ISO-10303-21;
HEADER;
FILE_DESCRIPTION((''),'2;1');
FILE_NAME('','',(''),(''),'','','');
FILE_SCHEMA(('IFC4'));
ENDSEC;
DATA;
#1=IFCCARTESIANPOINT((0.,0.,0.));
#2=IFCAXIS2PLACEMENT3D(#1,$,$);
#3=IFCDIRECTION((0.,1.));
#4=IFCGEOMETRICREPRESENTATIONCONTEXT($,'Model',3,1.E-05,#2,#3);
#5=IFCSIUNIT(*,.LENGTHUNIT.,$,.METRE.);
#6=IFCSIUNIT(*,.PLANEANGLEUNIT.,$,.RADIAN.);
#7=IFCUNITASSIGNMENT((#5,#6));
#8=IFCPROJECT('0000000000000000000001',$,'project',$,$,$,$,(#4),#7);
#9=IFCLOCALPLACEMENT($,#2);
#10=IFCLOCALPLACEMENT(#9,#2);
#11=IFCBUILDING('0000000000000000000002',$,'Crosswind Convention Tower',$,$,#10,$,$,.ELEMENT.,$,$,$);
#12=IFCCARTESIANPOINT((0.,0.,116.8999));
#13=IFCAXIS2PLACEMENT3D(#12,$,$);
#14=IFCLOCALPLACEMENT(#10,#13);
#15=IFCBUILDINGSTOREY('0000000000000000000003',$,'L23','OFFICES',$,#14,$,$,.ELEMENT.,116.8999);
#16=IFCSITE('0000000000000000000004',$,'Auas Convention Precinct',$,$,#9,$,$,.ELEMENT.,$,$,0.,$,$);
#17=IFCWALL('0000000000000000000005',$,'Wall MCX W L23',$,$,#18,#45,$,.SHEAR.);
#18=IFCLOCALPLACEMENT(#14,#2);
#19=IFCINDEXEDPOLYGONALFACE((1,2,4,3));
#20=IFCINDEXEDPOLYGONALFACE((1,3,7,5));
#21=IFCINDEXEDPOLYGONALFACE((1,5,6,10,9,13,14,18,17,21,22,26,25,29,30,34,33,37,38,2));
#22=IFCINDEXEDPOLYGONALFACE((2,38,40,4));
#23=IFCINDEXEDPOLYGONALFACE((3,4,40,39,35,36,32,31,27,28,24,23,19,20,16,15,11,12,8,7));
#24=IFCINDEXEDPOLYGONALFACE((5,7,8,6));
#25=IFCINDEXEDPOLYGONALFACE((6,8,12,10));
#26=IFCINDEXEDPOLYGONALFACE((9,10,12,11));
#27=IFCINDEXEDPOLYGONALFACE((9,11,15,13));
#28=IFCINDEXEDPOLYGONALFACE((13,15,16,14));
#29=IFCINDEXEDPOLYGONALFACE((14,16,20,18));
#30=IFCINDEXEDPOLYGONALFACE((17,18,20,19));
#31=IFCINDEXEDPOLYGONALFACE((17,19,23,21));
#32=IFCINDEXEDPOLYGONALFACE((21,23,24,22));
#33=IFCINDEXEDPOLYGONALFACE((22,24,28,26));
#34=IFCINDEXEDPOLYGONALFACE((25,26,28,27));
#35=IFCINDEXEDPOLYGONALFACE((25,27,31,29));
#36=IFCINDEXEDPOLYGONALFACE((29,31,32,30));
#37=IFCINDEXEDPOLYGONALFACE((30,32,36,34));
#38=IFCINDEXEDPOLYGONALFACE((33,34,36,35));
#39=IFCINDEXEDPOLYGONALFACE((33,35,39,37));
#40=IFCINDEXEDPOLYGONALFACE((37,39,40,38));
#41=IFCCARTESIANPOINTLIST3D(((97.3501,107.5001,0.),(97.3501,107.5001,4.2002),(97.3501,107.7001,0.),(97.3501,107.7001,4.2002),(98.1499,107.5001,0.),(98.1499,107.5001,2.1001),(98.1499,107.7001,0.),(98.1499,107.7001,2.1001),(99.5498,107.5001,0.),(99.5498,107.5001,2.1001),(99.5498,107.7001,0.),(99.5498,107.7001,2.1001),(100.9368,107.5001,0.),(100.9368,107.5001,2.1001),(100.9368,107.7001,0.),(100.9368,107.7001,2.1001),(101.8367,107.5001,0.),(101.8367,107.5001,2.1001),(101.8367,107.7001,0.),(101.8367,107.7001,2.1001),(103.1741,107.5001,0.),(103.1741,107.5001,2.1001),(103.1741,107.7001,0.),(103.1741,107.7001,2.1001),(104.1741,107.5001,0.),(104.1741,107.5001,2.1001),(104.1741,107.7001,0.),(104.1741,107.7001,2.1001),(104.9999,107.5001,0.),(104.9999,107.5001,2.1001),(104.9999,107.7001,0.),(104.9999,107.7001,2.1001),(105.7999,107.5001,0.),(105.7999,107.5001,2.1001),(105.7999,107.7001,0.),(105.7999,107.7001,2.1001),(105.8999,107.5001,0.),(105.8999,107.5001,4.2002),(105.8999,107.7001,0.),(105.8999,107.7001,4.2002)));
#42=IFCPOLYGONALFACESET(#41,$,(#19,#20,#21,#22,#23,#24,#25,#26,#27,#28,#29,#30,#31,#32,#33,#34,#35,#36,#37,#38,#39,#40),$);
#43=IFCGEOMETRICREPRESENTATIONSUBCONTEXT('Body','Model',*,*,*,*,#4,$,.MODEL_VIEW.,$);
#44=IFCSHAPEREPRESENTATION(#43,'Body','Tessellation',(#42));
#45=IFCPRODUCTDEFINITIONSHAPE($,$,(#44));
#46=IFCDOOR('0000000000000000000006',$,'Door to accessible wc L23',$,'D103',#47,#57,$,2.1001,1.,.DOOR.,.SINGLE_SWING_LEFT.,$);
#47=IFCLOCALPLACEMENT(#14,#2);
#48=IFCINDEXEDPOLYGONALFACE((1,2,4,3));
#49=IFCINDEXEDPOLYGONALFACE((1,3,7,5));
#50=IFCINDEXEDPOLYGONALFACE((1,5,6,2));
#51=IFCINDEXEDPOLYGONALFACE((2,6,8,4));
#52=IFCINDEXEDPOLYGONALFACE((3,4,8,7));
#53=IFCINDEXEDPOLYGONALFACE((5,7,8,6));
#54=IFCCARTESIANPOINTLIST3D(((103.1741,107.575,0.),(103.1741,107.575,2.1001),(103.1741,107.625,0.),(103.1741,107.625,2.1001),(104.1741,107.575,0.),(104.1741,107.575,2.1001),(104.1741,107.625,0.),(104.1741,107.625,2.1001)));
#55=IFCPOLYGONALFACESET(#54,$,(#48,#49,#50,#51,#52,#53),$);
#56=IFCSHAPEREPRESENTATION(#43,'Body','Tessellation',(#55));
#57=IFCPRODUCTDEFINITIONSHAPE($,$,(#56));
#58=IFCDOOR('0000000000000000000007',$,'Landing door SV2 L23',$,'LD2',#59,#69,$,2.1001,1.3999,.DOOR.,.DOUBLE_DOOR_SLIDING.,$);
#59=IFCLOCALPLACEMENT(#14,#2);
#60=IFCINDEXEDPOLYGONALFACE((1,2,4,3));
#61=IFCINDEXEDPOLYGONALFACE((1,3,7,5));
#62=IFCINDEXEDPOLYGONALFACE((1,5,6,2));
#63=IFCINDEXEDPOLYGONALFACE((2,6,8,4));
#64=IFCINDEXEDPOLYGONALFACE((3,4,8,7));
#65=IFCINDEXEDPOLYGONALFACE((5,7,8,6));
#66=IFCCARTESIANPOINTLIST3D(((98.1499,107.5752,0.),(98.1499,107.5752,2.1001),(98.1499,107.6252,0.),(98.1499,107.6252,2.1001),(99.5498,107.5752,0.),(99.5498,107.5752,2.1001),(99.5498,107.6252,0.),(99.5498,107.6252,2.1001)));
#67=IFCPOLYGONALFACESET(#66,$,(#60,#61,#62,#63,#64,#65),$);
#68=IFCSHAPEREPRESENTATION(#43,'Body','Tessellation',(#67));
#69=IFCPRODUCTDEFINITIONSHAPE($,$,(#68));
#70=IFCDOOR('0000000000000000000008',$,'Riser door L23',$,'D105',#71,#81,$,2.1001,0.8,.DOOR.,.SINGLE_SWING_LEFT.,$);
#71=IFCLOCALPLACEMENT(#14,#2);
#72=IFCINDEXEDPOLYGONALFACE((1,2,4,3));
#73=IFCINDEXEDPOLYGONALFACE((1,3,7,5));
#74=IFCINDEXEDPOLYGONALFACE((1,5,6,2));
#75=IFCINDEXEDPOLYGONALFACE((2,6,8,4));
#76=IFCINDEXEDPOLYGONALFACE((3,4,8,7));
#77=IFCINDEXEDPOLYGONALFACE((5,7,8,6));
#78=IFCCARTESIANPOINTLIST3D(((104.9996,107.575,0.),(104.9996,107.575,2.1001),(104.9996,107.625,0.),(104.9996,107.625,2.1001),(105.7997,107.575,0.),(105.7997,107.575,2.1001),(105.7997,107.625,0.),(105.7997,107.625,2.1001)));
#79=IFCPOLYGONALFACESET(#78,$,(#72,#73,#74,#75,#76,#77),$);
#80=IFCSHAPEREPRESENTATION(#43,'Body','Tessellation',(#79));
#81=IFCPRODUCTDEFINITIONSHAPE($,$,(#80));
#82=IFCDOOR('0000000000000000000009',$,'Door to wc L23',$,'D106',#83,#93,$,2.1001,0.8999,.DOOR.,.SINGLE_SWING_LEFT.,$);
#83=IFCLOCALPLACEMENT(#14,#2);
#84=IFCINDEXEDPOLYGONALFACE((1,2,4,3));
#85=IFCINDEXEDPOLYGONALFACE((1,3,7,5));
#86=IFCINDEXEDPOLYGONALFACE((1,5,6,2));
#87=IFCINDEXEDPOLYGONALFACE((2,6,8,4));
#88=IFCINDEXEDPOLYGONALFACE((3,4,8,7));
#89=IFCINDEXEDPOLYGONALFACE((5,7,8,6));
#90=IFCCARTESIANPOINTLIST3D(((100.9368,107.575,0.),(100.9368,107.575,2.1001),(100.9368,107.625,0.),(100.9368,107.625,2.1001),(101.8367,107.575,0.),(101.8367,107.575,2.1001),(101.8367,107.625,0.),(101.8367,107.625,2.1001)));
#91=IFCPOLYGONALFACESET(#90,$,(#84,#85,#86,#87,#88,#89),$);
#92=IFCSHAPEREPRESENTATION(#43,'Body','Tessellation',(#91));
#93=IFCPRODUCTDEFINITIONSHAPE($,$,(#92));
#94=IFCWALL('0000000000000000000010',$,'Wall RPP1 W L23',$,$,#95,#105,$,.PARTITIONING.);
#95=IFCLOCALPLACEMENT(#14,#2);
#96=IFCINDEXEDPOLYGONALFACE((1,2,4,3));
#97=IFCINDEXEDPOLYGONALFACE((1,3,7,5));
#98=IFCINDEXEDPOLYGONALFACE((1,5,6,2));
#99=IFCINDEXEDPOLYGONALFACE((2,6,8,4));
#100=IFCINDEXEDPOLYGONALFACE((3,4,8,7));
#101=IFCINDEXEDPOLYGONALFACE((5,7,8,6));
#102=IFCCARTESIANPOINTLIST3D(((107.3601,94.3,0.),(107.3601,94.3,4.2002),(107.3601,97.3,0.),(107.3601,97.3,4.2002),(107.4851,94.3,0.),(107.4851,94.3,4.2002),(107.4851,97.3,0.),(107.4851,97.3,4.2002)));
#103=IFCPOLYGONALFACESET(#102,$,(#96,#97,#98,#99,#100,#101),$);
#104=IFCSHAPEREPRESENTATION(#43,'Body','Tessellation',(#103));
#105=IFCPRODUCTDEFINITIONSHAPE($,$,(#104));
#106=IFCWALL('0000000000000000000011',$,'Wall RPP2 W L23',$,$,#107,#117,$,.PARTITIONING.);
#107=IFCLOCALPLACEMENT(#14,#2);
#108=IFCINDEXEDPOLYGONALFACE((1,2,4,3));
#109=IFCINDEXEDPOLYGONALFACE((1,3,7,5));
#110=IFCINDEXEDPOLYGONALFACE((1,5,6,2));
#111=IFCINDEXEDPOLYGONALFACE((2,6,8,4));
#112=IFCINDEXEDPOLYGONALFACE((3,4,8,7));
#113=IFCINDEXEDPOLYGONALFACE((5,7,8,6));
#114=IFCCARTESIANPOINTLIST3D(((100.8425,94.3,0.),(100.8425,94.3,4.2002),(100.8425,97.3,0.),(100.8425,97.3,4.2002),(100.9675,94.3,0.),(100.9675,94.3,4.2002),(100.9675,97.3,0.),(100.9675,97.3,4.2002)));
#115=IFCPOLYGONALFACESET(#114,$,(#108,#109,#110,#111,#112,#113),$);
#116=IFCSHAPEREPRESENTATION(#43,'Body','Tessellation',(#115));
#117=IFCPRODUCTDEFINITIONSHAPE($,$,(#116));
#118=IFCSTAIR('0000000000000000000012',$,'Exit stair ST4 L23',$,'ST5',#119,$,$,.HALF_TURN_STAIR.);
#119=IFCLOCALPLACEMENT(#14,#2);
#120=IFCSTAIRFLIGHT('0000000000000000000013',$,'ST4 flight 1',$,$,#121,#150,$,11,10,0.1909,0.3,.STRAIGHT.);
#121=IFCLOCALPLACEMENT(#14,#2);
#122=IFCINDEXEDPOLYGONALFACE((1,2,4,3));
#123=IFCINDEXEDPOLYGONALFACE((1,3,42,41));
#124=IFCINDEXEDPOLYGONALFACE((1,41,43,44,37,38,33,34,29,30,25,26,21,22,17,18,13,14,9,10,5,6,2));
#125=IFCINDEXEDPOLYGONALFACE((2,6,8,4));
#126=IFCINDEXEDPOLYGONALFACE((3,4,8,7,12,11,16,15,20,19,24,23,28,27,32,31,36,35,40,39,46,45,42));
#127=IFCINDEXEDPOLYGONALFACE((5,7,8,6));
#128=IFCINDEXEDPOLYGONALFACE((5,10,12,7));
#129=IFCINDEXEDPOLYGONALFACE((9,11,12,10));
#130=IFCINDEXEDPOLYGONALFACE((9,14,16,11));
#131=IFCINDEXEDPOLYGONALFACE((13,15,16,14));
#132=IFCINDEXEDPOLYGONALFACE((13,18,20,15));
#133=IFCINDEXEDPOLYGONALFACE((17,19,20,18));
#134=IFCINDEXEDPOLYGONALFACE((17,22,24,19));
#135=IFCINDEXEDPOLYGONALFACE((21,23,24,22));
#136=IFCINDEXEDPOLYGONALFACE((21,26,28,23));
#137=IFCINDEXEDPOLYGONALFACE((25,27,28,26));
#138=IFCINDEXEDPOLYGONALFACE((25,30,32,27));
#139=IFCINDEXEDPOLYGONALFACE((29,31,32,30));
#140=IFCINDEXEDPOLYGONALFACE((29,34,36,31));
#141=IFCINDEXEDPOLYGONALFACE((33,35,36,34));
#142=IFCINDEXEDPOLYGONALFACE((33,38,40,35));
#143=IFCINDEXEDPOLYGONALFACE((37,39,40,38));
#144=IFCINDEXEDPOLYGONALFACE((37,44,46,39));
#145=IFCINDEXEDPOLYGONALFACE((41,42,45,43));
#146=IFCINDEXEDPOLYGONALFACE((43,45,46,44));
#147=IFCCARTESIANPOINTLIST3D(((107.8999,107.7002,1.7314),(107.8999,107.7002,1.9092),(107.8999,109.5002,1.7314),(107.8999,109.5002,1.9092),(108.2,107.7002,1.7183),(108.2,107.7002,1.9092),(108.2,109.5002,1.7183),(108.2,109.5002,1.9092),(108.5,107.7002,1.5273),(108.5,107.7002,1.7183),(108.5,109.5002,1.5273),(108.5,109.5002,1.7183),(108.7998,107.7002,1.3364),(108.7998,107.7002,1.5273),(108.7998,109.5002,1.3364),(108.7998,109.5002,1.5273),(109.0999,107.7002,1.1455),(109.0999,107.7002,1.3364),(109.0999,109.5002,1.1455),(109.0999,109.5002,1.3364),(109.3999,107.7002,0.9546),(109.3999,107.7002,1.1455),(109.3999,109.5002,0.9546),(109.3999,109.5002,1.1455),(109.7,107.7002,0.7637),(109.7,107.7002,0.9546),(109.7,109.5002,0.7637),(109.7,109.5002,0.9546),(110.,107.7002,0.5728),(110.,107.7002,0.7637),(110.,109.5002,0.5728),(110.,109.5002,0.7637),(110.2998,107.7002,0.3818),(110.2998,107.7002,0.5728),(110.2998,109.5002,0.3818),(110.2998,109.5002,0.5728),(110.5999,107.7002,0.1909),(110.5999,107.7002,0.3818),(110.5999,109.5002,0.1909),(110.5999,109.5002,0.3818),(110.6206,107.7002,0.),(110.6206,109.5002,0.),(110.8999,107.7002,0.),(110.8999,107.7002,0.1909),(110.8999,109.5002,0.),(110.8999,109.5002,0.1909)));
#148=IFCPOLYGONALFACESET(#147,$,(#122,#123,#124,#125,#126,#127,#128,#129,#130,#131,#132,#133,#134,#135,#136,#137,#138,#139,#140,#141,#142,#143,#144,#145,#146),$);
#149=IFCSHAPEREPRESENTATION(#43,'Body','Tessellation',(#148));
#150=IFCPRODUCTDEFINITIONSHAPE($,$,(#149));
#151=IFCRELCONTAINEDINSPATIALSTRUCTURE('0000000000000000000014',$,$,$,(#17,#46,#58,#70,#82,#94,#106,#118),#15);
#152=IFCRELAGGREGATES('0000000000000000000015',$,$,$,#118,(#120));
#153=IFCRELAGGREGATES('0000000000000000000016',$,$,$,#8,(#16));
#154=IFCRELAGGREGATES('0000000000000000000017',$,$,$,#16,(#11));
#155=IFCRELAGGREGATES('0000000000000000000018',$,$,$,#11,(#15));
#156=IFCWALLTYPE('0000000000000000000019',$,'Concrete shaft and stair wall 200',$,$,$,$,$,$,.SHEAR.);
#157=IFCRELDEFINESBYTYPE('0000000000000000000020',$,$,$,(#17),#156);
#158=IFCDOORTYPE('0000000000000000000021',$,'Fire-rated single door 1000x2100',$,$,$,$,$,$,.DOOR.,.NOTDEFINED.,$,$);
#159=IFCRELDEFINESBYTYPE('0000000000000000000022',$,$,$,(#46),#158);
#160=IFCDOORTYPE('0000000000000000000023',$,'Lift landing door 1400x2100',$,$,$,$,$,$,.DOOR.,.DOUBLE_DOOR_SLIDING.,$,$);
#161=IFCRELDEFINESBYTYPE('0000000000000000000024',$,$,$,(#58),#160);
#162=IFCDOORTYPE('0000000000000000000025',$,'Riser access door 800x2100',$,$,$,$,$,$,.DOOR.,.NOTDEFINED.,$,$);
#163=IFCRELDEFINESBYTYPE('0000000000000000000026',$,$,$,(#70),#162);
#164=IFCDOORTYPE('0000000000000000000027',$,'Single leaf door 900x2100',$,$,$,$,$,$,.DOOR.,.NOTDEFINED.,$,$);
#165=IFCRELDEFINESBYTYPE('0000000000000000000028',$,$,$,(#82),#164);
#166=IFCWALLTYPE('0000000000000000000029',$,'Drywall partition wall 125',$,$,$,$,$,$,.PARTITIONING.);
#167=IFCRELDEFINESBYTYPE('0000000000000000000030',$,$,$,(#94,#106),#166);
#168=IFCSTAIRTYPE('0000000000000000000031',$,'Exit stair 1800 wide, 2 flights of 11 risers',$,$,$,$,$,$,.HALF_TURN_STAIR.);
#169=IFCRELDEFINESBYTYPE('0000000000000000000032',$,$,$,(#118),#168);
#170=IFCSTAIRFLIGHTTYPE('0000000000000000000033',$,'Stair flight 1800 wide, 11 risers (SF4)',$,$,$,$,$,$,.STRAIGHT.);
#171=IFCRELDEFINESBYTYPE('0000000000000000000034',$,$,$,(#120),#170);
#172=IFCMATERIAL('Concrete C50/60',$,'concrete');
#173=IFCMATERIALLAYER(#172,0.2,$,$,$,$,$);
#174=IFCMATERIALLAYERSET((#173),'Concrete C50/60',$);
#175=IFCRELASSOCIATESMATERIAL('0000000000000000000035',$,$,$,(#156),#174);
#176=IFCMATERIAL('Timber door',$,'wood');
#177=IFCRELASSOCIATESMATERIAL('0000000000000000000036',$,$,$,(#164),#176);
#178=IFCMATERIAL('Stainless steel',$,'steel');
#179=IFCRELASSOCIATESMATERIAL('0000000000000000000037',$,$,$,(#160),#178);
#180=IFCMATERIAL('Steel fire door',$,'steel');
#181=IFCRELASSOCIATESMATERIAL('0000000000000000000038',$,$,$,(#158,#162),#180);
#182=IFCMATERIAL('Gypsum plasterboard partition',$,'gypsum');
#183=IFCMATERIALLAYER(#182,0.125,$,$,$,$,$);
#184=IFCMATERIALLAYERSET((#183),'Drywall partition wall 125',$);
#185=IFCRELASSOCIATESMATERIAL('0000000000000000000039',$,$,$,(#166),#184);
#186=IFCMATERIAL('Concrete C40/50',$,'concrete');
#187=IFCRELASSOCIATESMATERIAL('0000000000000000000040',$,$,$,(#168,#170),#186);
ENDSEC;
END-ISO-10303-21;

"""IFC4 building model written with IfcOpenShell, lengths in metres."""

from ifc_helpers import new_model, si_unit, direction, frame, frame_2d, origin, place, context, subcontext, project, spatial, polyline, rectangle, outline, extrude, material, layer, layer_set, type_object, element, fill, aggregate, save


model = new_model("IFC4")

# Units and contexts
model_context = context("Model", 3, precision=1e-05, world=origin(), true_north=direction((0.0, 1.0)))
body_context = subcontext(model_context, "Body", "Model", "MODEL_VIEW")
ifc_project = project(units=[si_unit("LENGTHUNIT", "METRE"), si_unit("PLANEANGLEUNIT", "RADIAN")], contexts=[model_context])

# Site, building, storey
site_placement = place(None, origin())
site = spatial("IfcSite", under=ifc_project, at=site_placement, Name="Auas Convention Precinct", CompositionType="ELEMENT", RefElevation=0.0)
building_placement = place(site_placement, origin())
building = spatial("IfcBuilding", under=site, at=building_placement, Name="Crosswind Convention Tower", CompositionType="ELEMENT")
storey_placement = place(building_placement, frame((0.0, 0.0, 116.8999)))
storey = spatial("IfcBuildingStorey", under=building, at=storey_placement, Name="L23", Description="OFFICES", CompositionType="ELEMENT", Elevation=116.8999)

# Shared definitions
ifc_material_1 = material(Name="Concrete C50/60", Category="concrete")
ifc_layer_1 = layer(ifc_material_1, 0.2)
ifc_layer_set_1 = layer_set([ifc_layer_1], Name="Concrete C50/60")
wall_type_1 = type_object("IfcWallType", Name="Concrete shaft and stair wall 200", PredefinedType="SHEAR", material=ifc_layer_set_1)

# Shared definitions
ifc_material_2 = material(Name="Timber door", Category="wood")
door_type_1 = type_object("IfcDoorType", Name="Single leaf door 900x2100", OperationType="NOTDEFINED", PredefinedType="DOOR", material=ifc_material_2)

# Wall, openings, doors
ifc_material_3 = material(Name="Stainless steel", Category="steel")
door_type_2 = type_object("IfcDoorType", Name="Lift landing door 1400x2100", OperationType="DOUBLE_DOOR_SLIDING", PredefinedType="DOOR", material=ifc_material_3)
wall_1_placement = place(storey_placement, frame((105.8999, 107.6001, 0.0), z_axis=(0.0, 0.0, 1.0), x_axis=(-1.0, 0.0, 0.0)))
wall_1 = element("IfcWall", 1, at=wall_1_placement, inside=storey, type_object=wall_type_1, Name="Wall MCX W L23", PredefinedType="SHEAR", context=body_context, shape_type="SweptSolid", body=[
    extrude(rectangle(XDim=8.5498, YDim=0.2, at=frame_2d((4.2749, 0.0))), origin(), (0.0, 0.0, 1.0), 4.2002),
])
opening_1_placement = place(wall_1_placement, frame((0.1001, 0.0, 0.0)))
opening_1 = element("IfcOpeningElement", 2, at=opening_1_placement, cuts=wall_1, PredefinedType="OPENING", context=body_context, shape_type="SweptSolid", body=[
    extrude(rectangle(XDim=0.8, YDim=2.1001, at=frame_2d((0.3999, 1.05))), frame((0.0, 0.1099, 0.0), z_axis=(0.0, -1.0, 0.0), x_axis=(1.0, 0.0, 0.0)), (0.0, 0.0, 1.0), 0.22),
])
opening_2_placement = place(wall_1_placement, frame((1.7258, 0.0, 0.0)))
opening_2 = element("IfcOpeningElement", 3, at=opening_2_placement, cuts=wall_1, PredefinedType="OPENING", context=body_context, shape_type="SweptSolid", body=[
    extrude(rectangle(XDim=1.0, YDim=2.1001, at=frame_2d((0.5, 1.05))), frame((0.0, 0.1099, 0.0), z_axis=(0.0, -1.0, 0.0), x_axis=(1.0, 0.0, 0.0)), (0.0, 0.0, 1.0), 0.22),
])
opening_3_placement = place(wall_1_placement, frame((4.0632, 0.0, 0.0)))
opening_3 = element("IfcOpeningElement", 4, at=opening_3_placement, cuts=wall_1, PredefinedType="OPENING", context=body_context, shape_type="SweptSolid", body=[
    extrude(rectangle(XDim=0.8999, YDim=2.1001, at=frame_2d((0.45, 1.05))), frame((0.0, 0.1099, 0.0), z_axis=(0.0, -1.0, 0.0), x_axis=(1.0, 0.0, 0.0)), (0.0, 0.0, 1.0), 0.22),
])
opening_4_placement = place(wall_1_placement, frame((6.3501, 0.0, 0.0)))
opening_4 = element("IfcOpeningElement", 5, at=opening_4_placement, cuts=wall_1, PredefinedType="OPENING", context=body_context, shape_type="SweptSolid", body=[
    extrude(rectangle(XDim=1.3999, YDim=2.1001, at=frame_2d((0.7, 1.05))), frame((0.0, 0.1099, 0.0), z_axis=(0.0, -1.0, 0.0), x_axis=(1.0, 0.0, 0.0)), (0.0, 0.0, 1.0), 0.22),
])
ifc_material_4 = material(Name="Steel fire door", Category="steel")
door_type_3 = type_object("IfcDoorType", Name="Fire-rated single door 1000x2100", OperationType="NOTDEFINED", PredefinedType="DOOR", material=ifc_material_4)
door_1_placement = place(opening_2_placement, frame((1.0, 0.0, 0.0), z_axis=(0.0, 0.0, 1.0), x_axis=(-1.0, 0.0, 0.0)))
door_1 = element("IfcDoor", 6, at=door_1_placement, inside=storey, type_object=door_type_3, Name="Door to accessible wc L23", ObjectType="D103", OperationType="SINGLE_SWING_LEFT", OverallHeight=2.1001, OverallWidth=1.0, PredefinedType="DOOR", context=body_context, shape_type="SweptSolid", body=[
    extrude(rectangle(XDim=1.0, YDim=2.1001, at=frame_2d((0.5, 1.05))), frame((0.0, 0.0249, 0.0), z_axis=(0.0, -1.0, 0.0), x_axis=(1.0, 0.0, 0.0)), (0.0, 0.0, 1.0), 0.05),
])
fill(opening_2, door_1)
door_2_placement = place(opening_4_placement, origin())
door_2 = element("IfcDoor", 7, at=door_2_placement, inside=storey, type_object=door_type_2, Name="Landing door SV2 L23", ObjectType="LD2", OperationType="DOUBLE_DOOR_SLIDING", OverallHeight=2.1001, OverallWidth=1.3999, PredefinedType="DOOR", context=body_context, shape_type="SweptSolid", body=[
    extrude(rectangle(XDim=1.3999, YDim=2.1001, at=frame_2d((0.7, 1.05))), frame((0.0, 0.0249, 0.0), z_axis=(0.0, -1.0, 0.0), x_axis=(1.0, 0.0, 0.0)), (0.0, 0.0, 1.0), 0.05),
])
fill(opening_4, door_2)
door_type_4 = type_object("IfcDoorType", Name="Riser access door 800x2100", OperationType="NOTDEFINED", PredefinedType="DOOR", material=ifc_material_4)
door_3_placement = place(opening_1_placement, frame((0.8, 0.0, 0.0), z_axis=(0.0, 0.0, 1.0), x_axis=(-1.0, 0.0, 0.0)))
door_3 = element("IfcDoor", 8, at=door_3_placement, inside=storey, type_object=door_type_4, Name="Riser door L23", ObjectType="D105", OperationType="SINGLE_SWING_LEFT", OverallHeight=2.1001, OverallWidth=0.8, PredefinedType="DOOR", context=body_context, shape_type="SweptSolid", body=[
    extrude(rectangle(XDim=0.8, YDim=2.1001, at=frame_2d((0.3999, 1.05))), frame((0.0, 0.0249, 0.0), z_axis=(0.0, -1.0, 0.0), x_axis=(1.0, 0.0, 0.0)), (0.0, 0.0, 1.0), 0.05),
])
fill(opening_1, door_3)
door_4_placement = place(opening_3_placement, frame((0.8999, 0.0, 0.0), z_axis=(0.0, 0.0, 1.0), x_axis=(-1.0, 0.0, 0.0)))
door_4 = element("IfcDoor", 9, at=door_4_placement, inside=storey, type_object=door_type_1, Name="Door to wc L23", ObjectType="D106", OperationType="SINGLE_SWING_LEFT", OverallHeight=2.1001, OverallWidth=0.8999, PredefinedType="DOOR", context=body_context, shape_type="SweptSolid", body=[
    extrude(rectangle(XDim=0.8999, YDim=2.1001, at=frame_2d((0.45, 1.05))), frame((0.0, 0.0249, 0.0), z_axis=(0.0, -1.0, 0.0), x_axis=(1.0, 0.0, 0.0)), (0.0, 0.0, 1.0), 0.05),
])
fill(opening_3, door_4)

# Walls
ifc_material_5 = material(Name="Gypsum plasterboard partition", Category="gypsum")
ifc_layer_2 = layer(ifc_material_5, 0.125)
ifc_layer_set_2 = layer_set([ifc_layer_2], Name="Drywall partition wall 125")
wall_type_2 = type_object("IfcWallType", Name="Drywall partition wall 125", PredefinedType="PARTITIONING", material=ifc_layer_set_2)
for number, where, z_axis, x_axis, name in (
    (10, (107.4226, 97.3, 0.0), (0.0, 0.0, 1.0), (0.0, -1.0, 0.0), "Wall RPP1 W L23"),
    (11, (100.905, 97.3, 0.0), (0.0, 0.0, 1.0), (0.0, -1.0, 0.0), "Wall RPP2 W L23"),
):
    element("IfcWall", number, at=place(storey_placement, frame(where, z_axis=z_axis, x_axis=x_axis)), inside=storey, type_object=wall_type_2, Name=name, PredefinedType="PARTITIONING", context=body_context, shape_type="SweptSolid", body=[
        extrude(rectangle(XDim=3.0, YDim=0.125, at=frame_2d((1.5, 0.0))), origin(), (0.0, 0.0, 1.0), 4.2002),
    ])

# Stair, stair flight
ifc_material_6 = material(Name="Concrete C40/50", Category="concrete")
stair_type = type_object("IfcStairType", Name="Exit stair 1800 wide, 2 flights of 11 risers", PredefinedType="HALF_TURN_STAIR", material=ifc_material_6)
stair_placement = place(storey_placement, origin())
stair = element("IfcStair", 12, at=stair_placement, inside=storey, type_object=stair_type, Name="Exit stair ST4 L23", ObjectType="ST5", PredefinedType="HALF_TURN_STAIR")
stair_flight_type = type_object("IfcStairFlightType", Name="Stair flight 1800 wide, 11 risers (SF4)", PredefinedType="STRAIGHT", material=ifc_material_6)
stair_flight_placement = place(storey_placement, frame((110.8999, 108.6001, 0.0), z_axis=(0.0, 0.0, 1.0), x_axis=(-1.0, 0.0, 0.0)))
stair_flight = element("IfcStairFlight", 13, at=stair_flight_placement, type_object=stair_flight_type, Name="ST4 flight 1", NumberOfRisers=11, NumberOfTreads=10, PredefinedType="STRAIGHT", RiserHeight=0.1909, TreadLength=0.3, context=body_context, shape_type="SweptSolid", body=[
    extrude(outline(polyline([(0.0, 0.0), (0.0, 0.1909), (0.3, 0.1909), (0.3, 0.3818), (0.6001, 0.3818), (0.6001, 0.5728), (0.8999, 0.5728), (0.8999, 0.7637), (1.2, 0.7637), (1.2, 0.9546), (1.5, 0.9546), (1.5, 1.1455), (1.8, 1.1455), (1.8, 1.3364), (2.1001, 1.3364), (2.1001, 1.5273), (2.3999, 1.5273), (2.3999, 1.7183), (2.7, 1.7183), (2.7, 1.9092), (3.0, 1.9092), (3.0, 2.1001), (3.0, 1.7314), (0.2793, 0.0), (0.0, 0.0)])), frame((0.0, 0.8999, 0.0), z_axis=(0.0, -1.0, 0.0), x_axis=(1.0, 0.0, 0.0)), (0.0, 0.0, 1.0), 1.8),
])
aggregate(stair, [stair_flight])

save(model, "model.ifc")
